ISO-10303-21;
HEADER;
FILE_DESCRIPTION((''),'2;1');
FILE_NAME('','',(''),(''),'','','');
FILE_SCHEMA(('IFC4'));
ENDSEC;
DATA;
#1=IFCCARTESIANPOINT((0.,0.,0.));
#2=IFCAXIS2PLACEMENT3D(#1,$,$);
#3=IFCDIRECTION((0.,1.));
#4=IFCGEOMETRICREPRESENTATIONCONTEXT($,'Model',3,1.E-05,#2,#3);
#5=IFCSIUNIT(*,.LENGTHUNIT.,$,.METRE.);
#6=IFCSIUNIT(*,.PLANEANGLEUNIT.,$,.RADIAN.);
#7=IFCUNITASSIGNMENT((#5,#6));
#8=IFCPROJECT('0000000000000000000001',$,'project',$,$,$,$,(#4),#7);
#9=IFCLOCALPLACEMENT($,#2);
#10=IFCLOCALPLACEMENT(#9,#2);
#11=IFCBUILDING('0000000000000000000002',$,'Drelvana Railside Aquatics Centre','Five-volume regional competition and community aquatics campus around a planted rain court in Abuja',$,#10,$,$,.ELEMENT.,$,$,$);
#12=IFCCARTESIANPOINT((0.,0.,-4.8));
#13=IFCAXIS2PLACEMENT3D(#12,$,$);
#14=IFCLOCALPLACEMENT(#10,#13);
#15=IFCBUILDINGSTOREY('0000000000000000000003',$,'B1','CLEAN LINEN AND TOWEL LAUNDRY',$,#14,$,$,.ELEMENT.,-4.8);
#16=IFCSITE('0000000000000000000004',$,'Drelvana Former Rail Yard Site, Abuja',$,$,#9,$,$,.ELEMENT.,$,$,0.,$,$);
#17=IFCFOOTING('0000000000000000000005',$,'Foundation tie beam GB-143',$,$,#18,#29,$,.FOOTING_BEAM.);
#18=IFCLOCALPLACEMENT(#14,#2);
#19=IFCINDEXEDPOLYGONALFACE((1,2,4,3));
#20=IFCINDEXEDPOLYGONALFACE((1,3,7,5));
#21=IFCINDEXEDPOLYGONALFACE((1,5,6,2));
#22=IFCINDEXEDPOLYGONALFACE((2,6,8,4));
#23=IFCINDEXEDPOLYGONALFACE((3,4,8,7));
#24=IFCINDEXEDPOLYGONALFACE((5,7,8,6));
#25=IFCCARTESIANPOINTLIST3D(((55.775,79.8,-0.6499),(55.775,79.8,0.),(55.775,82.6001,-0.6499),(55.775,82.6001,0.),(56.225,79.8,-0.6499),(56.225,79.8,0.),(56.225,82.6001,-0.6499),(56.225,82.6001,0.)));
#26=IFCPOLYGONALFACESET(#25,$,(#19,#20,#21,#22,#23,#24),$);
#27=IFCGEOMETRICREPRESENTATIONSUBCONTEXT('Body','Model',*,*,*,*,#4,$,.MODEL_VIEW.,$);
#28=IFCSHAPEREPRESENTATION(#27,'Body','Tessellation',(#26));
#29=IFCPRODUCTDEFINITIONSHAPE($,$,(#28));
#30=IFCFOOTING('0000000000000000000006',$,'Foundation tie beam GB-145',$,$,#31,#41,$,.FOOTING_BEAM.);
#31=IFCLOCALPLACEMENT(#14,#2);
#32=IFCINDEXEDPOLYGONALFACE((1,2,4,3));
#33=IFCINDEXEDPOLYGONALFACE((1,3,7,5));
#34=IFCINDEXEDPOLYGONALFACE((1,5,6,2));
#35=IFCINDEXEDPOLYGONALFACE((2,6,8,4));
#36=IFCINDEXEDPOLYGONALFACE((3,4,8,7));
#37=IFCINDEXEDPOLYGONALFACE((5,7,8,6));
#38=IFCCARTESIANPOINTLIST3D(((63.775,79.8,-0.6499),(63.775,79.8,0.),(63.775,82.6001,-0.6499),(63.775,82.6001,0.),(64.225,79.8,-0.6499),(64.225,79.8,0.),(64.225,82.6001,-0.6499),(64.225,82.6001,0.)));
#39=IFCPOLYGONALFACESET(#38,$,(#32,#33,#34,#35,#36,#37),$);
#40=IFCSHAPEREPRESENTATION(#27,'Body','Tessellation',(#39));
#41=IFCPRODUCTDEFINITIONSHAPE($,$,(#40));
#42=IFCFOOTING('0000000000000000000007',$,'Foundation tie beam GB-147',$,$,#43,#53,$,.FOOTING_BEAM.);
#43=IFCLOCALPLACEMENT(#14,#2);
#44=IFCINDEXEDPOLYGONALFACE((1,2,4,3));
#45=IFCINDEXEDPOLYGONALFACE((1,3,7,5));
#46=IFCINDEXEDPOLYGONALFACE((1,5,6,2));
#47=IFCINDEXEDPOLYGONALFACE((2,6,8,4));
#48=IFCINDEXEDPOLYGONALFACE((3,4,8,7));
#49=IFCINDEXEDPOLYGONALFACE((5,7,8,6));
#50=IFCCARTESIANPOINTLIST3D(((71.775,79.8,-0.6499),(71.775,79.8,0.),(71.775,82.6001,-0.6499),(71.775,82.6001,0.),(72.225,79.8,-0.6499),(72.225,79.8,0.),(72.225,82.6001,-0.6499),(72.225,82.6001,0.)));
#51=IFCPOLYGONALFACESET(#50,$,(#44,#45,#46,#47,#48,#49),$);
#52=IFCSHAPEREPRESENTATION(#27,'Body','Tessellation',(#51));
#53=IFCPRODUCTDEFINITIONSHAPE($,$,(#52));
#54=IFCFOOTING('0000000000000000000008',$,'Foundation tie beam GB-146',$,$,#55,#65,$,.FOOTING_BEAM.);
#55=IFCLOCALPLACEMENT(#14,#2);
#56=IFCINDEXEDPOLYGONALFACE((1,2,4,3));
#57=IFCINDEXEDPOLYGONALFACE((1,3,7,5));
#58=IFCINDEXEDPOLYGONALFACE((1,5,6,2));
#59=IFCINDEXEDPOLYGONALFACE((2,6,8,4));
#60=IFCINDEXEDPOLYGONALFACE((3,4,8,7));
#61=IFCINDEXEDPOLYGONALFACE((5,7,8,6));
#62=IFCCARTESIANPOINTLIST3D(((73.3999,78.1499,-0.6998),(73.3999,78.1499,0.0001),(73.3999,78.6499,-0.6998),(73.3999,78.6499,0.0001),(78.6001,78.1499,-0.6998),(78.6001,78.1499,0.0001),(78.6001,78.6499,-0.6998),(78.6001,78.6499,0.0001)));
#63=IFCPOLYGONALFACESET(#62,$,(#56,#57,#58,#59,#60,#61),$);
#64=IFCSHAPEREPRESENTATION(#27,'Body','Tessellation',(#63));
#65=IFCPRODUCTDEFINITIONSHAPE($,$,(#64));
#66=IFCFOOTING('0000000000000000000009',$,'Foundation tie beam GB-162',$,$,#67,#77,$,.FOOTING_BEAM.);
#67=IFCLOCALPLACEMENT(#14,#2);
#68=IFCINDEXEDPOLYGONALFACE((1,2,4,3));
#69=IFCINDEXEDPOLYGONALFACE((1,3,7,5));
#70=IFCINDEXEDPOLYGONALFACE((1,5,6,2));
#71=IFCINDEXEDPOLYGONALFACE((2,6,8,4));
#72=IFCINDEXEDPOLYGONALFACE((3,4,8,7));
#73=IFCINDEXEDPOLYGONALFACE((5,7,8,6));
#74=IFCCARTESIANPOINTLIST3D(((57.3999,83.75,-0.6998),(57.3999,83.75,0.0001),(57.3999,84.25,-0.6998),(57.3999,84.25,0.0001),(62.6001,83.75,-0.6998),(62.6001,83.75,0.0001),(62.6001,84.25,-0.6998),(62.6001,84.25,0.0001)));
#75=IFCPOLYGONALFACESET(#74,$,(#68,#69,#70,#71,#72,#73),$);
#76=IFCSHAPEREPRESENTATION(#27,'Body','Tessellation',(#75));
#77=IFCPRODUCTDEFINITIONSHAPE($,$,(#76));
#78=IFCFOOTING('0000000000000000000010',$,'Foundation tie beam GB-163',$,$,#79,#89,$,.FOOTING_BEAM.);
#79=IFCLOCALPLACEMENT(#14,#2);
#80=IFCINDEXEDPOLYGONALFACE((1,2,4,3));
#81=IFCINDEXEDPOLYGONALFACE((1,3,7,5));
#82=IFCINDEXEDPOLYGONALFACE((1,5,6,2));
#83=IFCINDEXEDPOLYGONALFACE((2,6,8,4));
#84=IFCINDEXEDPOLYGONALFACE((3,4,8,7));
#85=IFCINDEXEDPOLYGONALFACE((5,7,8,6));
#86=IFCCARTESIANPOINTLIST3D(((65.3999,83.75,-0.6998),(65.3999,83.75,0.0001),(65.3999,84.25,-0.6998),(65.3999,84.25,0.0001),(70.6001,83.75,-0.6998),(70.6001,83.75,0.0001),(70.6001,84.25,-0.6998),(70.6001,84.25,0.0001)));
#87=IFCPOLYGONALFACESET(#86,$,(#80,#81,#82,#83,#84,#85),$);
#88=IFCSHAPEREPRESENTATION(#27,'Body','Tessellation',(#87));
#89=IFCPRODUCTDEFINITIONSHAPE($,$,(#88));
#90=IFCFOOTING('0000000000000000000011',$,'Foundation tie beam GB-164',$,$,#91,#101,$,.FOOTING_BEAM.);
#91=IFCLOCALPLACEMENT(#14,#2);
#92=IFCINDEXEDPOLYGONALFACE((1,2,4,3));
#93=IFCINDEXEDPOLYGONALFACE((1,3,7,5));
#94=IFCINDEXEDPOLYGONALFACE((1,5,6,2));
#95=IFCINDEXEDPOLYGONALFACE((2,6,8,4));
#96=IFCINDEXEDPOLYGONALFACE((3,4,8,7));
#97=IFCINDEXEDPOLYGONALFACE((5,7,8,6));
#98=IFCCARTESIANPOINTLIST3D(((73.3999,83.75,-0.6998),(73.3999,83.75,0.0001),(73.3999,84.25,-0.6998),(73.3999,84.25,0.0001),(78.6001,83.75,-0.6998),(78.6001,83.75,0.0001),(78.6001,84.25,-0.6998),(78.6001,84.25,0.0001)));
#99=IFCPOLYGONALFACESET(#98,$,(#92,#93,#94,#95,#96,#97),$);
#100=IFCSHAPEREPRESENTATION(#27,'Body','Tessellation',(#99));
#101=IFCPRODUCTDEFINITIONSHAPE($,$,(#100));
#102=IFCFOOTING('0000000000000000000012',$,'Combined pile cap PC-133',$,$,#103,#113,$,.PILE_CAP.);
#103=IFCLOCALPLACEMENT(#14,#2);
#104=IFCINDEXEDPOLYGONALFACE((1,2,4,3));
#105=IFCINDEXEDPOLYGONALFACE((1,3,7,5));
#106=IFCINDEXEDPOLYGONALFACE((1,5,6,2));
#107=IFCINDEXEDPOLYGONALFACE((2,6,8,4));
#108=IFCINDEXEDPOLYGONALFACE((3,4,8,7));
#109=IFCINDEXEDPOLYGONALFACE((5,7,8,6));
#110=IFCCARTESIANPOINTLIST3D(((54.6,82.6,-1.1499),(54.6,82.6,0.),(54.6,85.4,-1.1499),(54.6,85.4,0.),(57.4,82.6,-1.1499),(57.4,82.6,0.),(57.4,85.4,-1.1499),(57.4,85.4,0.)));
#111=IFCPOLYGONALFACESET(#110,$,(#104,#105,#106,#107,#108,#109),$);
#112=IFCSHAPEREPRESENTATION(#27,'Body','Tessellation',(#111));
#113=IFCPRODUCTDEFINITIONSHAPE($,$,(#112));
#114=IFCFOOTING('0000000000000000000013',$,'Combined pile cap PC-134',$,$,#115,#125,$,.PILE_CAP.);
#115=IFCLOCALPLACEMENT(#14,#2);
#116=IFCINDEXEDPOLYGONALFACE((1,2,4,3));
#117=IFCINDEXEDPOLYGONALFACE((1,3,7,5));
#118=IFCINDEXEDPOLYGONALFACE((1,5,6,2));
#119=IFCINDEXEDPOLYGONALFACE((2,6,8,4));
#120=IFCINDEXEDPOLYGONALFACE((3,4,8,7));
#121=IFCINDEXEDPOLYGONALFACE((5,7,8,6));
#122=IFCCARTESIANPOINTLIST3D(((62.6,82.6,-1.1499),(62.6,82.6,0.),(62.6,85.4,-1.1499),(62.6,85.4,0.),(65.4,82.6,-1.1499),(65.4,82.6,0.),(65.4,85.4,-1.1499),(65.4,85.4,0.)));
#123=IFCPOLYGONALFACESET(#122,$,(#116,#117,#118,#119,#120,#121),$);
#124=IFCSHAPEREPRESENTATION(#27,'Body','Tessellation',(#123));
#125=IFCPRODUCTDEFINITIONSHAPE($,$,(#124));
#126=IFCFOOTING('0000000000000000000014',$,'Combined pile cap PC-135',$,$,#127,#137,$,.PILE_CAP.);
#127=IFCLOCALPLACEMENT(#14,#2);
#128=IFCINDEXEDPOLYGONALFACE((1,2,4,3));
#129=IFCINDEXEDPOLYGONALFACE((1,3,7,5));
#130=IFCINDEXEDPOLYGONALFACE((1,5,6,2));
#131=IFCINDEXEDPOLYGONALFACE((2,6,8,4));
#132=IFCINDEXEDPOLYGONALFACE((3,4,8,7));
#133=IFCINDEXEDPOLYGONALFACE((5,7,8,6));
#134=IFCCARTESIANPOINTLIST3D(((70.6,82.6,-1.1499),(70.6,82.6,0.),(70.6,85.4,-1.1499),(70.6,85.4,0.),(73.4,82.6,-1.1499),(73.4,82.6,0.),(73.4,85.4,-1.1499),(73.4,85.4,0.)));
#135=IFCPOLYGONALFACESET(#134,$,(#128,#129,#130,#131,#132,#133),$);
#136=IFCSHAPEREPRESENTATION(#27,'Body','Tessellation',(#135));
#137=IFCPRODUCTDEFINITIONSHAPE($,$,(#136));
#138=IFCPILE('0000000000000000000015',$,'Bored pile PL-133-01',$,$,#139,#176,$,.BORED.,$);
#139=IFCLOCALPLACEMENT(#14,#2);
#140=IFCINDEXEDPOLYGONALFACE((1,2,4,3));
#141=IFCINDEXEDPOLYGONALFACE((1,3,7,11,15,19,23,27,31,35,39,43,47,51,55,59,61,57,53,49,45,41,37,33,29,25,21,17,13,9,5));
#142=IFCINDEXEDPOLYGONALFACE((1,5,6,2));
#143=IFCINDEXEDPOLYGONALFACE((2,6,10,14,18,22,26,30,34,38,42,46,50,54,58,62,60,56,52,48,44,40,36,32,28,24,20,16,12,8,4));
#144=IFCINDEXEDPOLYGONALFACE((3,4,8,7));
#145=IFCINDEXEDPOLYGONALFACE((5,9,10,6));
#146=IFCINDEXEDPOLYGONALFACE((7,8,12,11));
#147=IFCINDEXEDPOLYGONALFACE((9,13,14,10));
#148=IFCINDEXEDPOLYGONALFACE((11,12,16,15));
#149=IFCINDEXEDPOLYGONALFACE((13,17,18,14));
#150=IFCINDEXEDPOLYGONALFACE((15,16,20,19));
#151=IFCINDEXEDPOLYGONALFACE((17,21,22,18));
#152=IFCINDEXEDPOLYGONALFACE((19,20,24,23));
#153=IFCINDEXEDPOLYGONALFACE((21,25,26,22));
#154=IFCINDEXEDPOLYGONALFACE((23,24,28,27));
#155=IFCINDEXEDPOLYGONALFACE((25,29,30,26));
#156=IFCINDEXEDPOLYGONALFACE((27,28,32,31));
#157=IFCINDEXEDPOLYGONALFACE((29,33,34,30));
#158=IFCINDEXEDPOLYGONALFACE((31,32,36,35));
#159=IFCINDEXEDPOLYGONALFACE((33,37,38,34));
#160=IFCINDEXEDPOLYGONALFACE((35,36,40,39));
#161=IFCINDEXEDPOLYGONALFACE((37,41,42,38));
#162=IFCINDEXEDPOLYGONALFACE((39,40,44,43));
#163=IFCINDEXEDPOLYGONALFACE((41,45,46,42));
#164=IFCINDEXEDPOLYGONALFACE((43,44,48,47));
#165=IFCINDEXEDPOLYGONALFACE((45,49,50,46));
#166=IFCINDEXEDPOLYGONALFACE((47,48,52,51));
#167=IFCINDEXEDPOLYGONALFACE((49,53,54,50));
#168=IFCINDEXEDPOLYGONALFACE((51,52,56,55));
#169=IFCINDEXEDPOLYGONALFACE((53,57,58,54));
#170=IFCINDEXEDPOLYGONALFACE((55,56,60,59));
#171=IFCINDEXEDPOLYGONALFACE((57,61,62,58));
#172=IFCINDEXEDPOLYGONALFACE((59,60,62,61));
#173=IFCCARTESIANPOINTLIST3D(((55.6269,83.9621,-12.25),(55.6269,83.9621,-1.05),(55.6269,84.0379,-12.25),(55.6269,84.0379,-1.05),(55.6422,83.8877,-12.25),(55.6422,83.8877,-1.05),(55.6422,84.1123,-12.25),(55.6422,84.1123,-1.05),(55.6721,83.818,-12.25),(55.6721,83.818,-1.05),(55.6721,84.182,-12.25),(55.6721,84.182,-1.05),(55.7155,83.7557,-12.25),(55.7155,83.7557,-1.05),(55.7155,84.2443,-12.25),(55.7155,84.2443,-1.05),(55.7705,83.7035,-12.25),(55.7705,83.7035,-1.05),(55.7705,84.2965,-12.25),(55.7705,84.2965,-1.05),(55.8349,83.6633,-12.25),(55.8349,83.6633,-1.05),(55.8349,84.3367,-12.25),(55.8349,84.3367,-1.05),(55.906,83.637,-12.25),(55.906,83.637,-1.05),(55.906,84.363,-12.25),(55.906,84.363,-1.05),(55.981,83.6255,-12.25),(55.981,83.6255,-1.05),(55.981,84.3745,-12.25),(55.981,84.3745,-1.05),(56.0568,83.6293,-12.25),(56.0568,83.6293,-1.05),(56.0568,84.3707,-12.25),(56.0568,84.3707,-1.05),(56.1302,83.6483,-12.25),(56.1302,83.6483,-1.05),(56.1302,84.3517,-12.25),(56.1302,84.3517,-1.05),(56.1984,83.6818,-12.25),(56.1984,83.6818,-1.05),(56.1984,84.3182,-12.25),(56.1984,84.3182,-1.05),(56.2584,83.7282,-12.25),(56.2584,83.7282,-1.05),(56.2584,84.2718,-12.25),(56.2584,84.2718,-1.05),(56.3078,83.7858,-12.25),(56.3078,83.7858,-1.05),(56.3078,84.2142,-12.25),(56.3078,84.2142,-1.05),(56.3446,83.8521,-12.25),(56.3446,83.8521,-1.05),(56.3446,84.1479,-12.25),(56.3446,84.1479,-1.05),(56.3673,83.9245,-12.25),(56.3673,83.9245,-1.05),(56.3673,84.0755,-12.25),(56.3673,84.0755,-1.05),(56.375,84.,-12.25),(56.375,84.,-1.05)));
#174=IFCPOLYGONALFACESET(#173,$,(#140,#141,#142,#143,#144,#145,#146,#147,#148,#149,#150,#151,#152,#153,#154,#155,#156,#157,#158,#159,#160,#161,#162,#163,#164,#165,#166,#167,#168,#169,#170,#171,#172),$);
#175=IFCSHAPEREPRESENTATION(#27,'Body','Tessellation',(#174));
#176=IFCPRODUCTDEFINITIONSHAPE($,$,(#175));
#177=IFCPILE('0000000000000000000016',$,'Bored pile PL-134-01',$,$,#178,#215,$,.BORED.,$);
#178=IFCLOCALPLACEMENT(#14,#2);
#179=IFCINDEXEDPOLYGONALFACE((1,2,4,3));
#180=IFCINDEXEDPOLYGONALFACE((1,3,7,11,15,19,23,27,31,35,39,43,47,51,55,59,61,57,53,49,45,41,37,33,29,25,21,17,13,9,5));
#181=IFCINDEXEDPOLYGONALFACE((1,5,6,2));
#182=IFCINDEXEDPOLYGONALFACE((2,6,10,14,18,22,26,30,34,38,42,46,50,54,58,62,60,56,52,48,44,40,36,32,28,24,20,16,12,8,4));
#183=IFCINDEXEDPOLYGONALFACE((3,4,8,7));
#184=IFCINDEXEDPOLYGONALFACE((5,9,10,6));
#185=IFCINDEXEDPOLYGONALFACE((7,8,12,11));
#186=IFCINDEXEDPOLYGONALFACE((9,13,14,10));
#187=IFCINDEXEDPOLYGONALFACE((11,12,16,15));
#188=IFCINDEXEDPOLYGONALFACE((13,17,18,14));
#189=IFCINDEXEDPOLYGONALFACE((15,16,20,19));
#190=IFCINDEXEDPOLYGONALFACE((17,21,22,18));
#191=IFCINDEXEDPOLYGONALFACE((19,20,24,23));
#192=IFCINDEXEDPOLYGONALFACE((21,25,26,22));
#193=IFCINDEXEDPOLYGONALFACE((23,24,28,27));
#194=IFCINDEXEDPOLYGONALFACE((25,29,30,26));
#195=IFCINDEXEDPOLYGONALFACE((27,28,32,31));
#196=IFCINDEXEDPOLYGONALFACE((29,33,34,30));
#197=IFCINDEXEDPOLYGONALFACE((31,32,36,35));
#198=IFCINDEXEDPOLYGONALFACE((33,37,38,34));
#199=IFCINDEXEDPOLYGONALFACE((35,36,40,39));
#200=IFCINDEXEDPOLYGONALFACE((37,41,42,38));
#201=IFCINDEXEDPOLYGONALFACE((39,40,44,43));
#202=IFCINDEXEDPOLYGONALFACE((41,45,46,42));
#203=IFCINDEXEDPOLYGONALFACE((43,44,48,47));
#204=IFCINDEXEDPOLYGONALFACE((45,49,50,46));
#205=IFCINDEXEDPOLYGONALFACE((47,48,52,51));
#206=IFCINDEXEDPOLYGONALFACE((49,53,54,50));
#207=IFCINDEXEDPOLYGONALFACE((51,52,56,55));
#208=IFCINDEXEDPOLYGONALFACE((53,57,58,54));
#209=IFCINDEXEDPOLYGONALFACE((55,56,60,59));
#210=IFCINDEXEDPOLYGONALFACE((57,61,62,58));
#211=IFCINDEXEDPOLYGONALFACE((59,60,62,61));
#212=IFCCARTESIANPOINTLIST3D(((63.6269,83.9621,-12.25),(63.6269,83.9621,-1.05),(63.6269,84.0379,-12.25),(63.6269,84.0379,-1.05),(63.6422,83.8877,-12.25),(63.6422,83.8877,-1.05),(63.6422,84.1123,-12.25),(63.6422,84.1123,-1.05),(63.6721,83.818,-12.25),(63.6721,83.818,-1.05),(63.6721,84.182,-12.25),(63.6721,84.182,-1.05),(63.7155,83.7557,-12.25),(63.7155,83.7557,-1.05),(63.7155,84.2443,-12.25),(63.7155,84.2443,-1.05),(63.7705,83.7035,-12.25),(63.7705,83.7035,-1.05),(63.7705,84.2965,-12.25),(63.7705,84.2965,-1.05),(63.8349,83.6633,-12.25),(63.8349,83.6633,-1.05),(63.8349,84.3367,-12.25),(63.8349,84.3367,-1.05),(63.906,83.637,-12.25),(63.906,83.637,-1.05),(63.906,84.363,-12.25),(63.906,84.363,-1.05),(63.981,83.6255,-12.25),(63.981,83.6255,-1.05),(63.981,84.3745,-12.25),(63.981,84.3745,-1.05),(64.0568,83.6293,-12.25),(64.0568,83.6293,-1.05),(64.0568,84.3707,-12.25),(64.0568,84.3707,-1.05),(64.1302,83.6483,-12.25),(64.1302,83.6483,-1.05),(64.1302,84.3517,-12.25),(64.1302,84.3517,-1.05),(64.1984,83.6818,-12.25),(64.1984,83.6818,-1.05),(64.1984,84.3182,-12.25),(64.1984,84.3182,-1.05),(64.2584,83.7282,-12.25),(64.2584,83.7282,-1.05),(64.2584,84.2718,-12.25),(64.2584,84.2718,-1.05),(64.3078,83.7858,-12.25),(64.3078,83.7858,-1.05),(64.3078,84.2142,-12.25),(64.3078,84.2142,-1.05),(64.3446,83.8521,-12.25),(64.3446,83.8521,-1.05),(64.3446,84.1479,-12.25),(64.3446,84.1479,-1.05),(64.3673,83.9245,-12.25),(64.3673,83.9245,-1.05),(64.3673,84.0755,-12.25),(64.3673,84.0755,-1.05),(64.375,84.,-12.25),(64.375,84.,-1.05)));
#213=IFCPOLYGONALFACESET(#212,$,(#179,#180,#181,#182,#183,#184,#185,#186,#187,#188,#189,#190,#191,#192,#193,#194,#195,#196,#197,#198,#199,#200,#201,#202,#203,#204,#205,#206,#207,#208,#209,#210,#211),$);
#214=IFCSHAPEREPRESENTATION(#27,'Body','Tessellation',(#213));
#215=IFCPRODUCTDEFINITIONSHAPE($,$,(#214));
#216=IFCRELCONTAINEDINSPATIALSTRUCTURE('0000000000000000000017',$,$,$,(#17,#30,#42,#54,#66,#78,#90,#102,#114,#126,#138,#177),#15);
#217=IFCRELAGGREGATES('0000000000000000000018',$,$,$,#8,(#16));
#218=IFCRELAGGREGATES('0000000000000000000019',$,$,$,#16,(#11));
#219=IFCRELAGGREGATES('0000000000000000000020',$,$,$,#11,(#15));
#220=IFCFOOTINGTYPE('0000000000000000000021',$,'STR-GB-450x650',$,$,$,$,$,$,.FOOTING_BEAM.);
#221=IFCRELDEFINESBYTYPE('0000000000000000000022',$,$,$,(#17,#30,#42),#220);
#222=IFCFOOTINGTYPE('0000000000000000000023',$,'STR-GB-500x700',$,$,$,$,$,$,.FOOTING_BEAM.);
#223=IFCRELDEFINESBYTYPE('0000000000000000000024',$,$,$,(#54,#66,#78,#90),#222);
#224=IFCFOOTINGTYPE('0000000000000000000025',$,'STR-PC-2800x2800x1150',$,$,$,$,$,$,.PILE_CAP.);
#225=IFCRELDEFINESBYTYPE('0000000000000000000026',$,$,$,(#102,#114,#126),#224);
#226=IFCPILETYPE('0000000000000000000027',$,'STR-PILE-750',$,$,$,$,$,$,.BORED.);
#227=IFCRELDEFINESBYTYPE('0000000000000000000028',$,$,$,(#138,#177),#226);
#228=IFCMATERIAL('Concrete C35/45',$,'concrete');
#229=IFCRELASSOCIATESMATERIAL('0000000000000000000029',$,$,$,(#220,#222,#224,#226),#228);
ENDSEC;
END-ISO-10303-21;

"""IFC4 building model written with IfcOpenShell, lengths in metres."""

from ifc_helpers import new_model, si_unit, direction, frame, origin, origin_2d, place, context, subcontext, project, spatial, rectangle, circle, extrude, material, material_profile, profile_set, type_object, element, save


model = new_model("IFC4")

# Units and contexts
model_context = context("Model", 3, precision=1e-05, world=origin(), true_north=direction((0.0, 1.0)))
body_context = subcontext(model_context, "Body", "Model", "MODEL_VIEW")
ifc_project = project(units=[si_unit("LENGTHUNIT", "METRE"), si_unit("PLANEANGLEUNIT", "RADIAN")], contexts=[model_context])

# Site, building, storey
site_placement = place(None, origin())
site = spatial("IfcSite", under=ifc_project, at=site_placement, Name="Drelvana Former Rail Yard Site, Abuja", CompositionType="ELEMENT", RefElevation=0.0)
building_placement = place(site_placement, origin())
building = spatial("IfcBuilding", under=site, at=building_placement, Name="Drelvana Railside Aquatics Centre", Description="Five-volume regional competition and community aquatics campus around a planted rain court in Abuja", CompositionType="ELEMENT")
storey_placement = place(building_placement, frame((0.0, 0.0, -4.8)))
storey = spatial("IfcBuildingStorey", under=building, at=storey_placement, Name="B1", Description="CLEAN LINEN AND TOWEL LAUNDRY", CompositionType="ELEMENT", Elevation=-4.8)

# Footings
ifc_material_1 = material(Name="Concrete C35/45", Category="concrete")
ifc_material_profile_1 = material_profile(ifc_material_1, rectangle(XDim=0.45, YDim=0.6499, at=origin_2d()), Name="GB 450x650")
ifc_profile_set_1 = profile_set([ifc_material_profile_1], Name="Concrete C35/45")
footing_type_1 = type_object("IfcFootingType", Name="STR-GB-450x650", PredefinedType="FOOTING_BEAM", material=ifc_profile_set_1)
for number, where, z_axis, x_axis, name in (
    (1, (56.0, 79.8, -0.325), (0.0, 1.0, 0.0), (-1.0, 0.0, 0.0), "Foundation tie beam GB-143"),
    (2, (64.0, 79.8, -0.325), (0.0, 1.0, 0.0), (-1.0, 0.0, 0.0), "Foundation tie beam GB-145"),
    (3, (72.0, 79.8, -0.325), (0.0, 1.0, 0.0), (-1.0, 0.0, 0.0), "Foundation tie beam GB-147"),
):
    element("IfcFooting", number, at=place(storey_placement, frame(where, z_axis=z_axis, x_axis=x_axis)), inside=storey, type_object=footing_type_1, Name=name, PredefinedType="FOOTING_BEAM", context=body_context, shape_type="SweptSolid", body=[
        extrude(rectangle(XDim=0.45, YDim=0.6499, at=origin_2d()), origin(), (0.0, 0.0, 1.0), 2.8),
    ])
ifc_material_profile_2 = material_profile(ifc_material_1, rectangle(XDim=0.5, YDim=0.7, at=origin_2d()), Name="GB 500x700")
ifc_profile_set_2 = profile_set([ifc_material_profile_2], Name="Concrete C35/45")
footing_type_2 = type_object("IfcFootingType", Name="STR-GB-500x700", PredefinedType="FOOTING_BEAM", material=ifc_profile_set_2)
for number, where, z_axis, x_axis, name in (
    (4, (73.3999, 78.3999, -0.3499), (1.0, 0.0, 0.0), (0.0, 1.0, 0.0), "Foundation tie beam GB-146"),
    (5, (57.3999, 84.0, -0.3499), (1.0, 0.0, 0.0), (0.0, 1.0, 0.0), "Foundation tie beam GB-162"),
    (6, (65.3999, 84.0, -0.3499), (1.0, 0.0, 0.0), (0.0, 1.0, 0.0), "Foundation tie beam GB-163"),
    (7, (73.3999, 84.0, -0.3499), (1.0, 0.0, 0.0), (0.0, 1.0, 0.0), "Foundation tie beam GB-164"),
):
    element("IfcFooting", number, at=place(storey_placement, frame(where, z_axis=z_axis, x_axis=x_axis)), inside=storey, type_object=footing_type_2, Name=name, PredefinedType="FOOTING_BEAM", context=body_context, shape_type="SweptSolid", body=[
        extrude(rectangle(XDim=0.5, YDim=0.7, at=origin_2d()), origin(), (0.0, 0.0, 1.0), 5.2002),
    ])
footing_type_3 = type_object("IfcFootingType", Name="STR-PC-2800x2800x1150", PredefinedType="PILE_CAP", material=ifc_material_1)
for number, where, z_axis, x_axis, name in (
    (8, (56.0, 84.0, -1.1499), (0.0, 0.0, 1.0), (1.0, 0.0, 0.0), "Combined pile cap PC-133"),
    (9, (64.0, 84.0, -1.1499), (0.0, 0.0, 1.0), (1.0, 0.0, 0.0), "Combined pile cap PC-134"),
    (10, (72.0, 84.0, -1.1499), (0.0, 0.0, 1.0), (1.0, 0.0, 0.0), "Combined pile cap PC-135"),
):
    element("IfcFooting", number, at=place(storey_placement, frame(where, z_axis=z_axis, x_axis=x_axis)), inside=storey, type_object=footing_type_3, Name=name, PredefinedType="PILE_CAP", context=body_context, shape_type="SweptSolid", body=[
        extrude(rectangle(XDim=2.8, YDim=2.8, at=origin_2d()), origin(), (0.0, 0.0, 1.0), 1.1499),
    ])

# Piles
ifc_material_profile_3 = material_profile(ifc_material_1, circle(Radius=0.375, at=origin_2d()), Name="PILE D750")
ifc_profile_set_3 = profile_set([ifc_material_profile_3], Name="Concrete C35/45")
pile_type = type_object("IfcPileType", Name="STR-PILE-750", PredefinedType="BORED", material=ifc_profile_set_3)
for number, where, z_axis, x_axis, name in (
    (11, (56.0, 84.0, -1.05), (0.0, 0.0, -1.0), (1.0, 0.0, 0.0), "Bored pile PL-133-01"),
    (12, (64.0, 84.0, -1.05), (0.0, 0.0, -1.0), (1.0, 0.0, 0.0), "Bored pile PL-134-01"),
):
    element("IfcPile", number, at=place(storey_placement, frame(where, z_axis=z_axis, x_axis=x_axis)), inside=storey, type_object=pile_type, Name=name, PredefinedType="BORED", context=body_context, shape_type="SweptSolid", body=[
        extrude(circle(Radius=0.375, at=origin_2d()), origin(), (0.0, 0.0, 1.0), 11.2),
    ])

save(model, "model.ifc")
